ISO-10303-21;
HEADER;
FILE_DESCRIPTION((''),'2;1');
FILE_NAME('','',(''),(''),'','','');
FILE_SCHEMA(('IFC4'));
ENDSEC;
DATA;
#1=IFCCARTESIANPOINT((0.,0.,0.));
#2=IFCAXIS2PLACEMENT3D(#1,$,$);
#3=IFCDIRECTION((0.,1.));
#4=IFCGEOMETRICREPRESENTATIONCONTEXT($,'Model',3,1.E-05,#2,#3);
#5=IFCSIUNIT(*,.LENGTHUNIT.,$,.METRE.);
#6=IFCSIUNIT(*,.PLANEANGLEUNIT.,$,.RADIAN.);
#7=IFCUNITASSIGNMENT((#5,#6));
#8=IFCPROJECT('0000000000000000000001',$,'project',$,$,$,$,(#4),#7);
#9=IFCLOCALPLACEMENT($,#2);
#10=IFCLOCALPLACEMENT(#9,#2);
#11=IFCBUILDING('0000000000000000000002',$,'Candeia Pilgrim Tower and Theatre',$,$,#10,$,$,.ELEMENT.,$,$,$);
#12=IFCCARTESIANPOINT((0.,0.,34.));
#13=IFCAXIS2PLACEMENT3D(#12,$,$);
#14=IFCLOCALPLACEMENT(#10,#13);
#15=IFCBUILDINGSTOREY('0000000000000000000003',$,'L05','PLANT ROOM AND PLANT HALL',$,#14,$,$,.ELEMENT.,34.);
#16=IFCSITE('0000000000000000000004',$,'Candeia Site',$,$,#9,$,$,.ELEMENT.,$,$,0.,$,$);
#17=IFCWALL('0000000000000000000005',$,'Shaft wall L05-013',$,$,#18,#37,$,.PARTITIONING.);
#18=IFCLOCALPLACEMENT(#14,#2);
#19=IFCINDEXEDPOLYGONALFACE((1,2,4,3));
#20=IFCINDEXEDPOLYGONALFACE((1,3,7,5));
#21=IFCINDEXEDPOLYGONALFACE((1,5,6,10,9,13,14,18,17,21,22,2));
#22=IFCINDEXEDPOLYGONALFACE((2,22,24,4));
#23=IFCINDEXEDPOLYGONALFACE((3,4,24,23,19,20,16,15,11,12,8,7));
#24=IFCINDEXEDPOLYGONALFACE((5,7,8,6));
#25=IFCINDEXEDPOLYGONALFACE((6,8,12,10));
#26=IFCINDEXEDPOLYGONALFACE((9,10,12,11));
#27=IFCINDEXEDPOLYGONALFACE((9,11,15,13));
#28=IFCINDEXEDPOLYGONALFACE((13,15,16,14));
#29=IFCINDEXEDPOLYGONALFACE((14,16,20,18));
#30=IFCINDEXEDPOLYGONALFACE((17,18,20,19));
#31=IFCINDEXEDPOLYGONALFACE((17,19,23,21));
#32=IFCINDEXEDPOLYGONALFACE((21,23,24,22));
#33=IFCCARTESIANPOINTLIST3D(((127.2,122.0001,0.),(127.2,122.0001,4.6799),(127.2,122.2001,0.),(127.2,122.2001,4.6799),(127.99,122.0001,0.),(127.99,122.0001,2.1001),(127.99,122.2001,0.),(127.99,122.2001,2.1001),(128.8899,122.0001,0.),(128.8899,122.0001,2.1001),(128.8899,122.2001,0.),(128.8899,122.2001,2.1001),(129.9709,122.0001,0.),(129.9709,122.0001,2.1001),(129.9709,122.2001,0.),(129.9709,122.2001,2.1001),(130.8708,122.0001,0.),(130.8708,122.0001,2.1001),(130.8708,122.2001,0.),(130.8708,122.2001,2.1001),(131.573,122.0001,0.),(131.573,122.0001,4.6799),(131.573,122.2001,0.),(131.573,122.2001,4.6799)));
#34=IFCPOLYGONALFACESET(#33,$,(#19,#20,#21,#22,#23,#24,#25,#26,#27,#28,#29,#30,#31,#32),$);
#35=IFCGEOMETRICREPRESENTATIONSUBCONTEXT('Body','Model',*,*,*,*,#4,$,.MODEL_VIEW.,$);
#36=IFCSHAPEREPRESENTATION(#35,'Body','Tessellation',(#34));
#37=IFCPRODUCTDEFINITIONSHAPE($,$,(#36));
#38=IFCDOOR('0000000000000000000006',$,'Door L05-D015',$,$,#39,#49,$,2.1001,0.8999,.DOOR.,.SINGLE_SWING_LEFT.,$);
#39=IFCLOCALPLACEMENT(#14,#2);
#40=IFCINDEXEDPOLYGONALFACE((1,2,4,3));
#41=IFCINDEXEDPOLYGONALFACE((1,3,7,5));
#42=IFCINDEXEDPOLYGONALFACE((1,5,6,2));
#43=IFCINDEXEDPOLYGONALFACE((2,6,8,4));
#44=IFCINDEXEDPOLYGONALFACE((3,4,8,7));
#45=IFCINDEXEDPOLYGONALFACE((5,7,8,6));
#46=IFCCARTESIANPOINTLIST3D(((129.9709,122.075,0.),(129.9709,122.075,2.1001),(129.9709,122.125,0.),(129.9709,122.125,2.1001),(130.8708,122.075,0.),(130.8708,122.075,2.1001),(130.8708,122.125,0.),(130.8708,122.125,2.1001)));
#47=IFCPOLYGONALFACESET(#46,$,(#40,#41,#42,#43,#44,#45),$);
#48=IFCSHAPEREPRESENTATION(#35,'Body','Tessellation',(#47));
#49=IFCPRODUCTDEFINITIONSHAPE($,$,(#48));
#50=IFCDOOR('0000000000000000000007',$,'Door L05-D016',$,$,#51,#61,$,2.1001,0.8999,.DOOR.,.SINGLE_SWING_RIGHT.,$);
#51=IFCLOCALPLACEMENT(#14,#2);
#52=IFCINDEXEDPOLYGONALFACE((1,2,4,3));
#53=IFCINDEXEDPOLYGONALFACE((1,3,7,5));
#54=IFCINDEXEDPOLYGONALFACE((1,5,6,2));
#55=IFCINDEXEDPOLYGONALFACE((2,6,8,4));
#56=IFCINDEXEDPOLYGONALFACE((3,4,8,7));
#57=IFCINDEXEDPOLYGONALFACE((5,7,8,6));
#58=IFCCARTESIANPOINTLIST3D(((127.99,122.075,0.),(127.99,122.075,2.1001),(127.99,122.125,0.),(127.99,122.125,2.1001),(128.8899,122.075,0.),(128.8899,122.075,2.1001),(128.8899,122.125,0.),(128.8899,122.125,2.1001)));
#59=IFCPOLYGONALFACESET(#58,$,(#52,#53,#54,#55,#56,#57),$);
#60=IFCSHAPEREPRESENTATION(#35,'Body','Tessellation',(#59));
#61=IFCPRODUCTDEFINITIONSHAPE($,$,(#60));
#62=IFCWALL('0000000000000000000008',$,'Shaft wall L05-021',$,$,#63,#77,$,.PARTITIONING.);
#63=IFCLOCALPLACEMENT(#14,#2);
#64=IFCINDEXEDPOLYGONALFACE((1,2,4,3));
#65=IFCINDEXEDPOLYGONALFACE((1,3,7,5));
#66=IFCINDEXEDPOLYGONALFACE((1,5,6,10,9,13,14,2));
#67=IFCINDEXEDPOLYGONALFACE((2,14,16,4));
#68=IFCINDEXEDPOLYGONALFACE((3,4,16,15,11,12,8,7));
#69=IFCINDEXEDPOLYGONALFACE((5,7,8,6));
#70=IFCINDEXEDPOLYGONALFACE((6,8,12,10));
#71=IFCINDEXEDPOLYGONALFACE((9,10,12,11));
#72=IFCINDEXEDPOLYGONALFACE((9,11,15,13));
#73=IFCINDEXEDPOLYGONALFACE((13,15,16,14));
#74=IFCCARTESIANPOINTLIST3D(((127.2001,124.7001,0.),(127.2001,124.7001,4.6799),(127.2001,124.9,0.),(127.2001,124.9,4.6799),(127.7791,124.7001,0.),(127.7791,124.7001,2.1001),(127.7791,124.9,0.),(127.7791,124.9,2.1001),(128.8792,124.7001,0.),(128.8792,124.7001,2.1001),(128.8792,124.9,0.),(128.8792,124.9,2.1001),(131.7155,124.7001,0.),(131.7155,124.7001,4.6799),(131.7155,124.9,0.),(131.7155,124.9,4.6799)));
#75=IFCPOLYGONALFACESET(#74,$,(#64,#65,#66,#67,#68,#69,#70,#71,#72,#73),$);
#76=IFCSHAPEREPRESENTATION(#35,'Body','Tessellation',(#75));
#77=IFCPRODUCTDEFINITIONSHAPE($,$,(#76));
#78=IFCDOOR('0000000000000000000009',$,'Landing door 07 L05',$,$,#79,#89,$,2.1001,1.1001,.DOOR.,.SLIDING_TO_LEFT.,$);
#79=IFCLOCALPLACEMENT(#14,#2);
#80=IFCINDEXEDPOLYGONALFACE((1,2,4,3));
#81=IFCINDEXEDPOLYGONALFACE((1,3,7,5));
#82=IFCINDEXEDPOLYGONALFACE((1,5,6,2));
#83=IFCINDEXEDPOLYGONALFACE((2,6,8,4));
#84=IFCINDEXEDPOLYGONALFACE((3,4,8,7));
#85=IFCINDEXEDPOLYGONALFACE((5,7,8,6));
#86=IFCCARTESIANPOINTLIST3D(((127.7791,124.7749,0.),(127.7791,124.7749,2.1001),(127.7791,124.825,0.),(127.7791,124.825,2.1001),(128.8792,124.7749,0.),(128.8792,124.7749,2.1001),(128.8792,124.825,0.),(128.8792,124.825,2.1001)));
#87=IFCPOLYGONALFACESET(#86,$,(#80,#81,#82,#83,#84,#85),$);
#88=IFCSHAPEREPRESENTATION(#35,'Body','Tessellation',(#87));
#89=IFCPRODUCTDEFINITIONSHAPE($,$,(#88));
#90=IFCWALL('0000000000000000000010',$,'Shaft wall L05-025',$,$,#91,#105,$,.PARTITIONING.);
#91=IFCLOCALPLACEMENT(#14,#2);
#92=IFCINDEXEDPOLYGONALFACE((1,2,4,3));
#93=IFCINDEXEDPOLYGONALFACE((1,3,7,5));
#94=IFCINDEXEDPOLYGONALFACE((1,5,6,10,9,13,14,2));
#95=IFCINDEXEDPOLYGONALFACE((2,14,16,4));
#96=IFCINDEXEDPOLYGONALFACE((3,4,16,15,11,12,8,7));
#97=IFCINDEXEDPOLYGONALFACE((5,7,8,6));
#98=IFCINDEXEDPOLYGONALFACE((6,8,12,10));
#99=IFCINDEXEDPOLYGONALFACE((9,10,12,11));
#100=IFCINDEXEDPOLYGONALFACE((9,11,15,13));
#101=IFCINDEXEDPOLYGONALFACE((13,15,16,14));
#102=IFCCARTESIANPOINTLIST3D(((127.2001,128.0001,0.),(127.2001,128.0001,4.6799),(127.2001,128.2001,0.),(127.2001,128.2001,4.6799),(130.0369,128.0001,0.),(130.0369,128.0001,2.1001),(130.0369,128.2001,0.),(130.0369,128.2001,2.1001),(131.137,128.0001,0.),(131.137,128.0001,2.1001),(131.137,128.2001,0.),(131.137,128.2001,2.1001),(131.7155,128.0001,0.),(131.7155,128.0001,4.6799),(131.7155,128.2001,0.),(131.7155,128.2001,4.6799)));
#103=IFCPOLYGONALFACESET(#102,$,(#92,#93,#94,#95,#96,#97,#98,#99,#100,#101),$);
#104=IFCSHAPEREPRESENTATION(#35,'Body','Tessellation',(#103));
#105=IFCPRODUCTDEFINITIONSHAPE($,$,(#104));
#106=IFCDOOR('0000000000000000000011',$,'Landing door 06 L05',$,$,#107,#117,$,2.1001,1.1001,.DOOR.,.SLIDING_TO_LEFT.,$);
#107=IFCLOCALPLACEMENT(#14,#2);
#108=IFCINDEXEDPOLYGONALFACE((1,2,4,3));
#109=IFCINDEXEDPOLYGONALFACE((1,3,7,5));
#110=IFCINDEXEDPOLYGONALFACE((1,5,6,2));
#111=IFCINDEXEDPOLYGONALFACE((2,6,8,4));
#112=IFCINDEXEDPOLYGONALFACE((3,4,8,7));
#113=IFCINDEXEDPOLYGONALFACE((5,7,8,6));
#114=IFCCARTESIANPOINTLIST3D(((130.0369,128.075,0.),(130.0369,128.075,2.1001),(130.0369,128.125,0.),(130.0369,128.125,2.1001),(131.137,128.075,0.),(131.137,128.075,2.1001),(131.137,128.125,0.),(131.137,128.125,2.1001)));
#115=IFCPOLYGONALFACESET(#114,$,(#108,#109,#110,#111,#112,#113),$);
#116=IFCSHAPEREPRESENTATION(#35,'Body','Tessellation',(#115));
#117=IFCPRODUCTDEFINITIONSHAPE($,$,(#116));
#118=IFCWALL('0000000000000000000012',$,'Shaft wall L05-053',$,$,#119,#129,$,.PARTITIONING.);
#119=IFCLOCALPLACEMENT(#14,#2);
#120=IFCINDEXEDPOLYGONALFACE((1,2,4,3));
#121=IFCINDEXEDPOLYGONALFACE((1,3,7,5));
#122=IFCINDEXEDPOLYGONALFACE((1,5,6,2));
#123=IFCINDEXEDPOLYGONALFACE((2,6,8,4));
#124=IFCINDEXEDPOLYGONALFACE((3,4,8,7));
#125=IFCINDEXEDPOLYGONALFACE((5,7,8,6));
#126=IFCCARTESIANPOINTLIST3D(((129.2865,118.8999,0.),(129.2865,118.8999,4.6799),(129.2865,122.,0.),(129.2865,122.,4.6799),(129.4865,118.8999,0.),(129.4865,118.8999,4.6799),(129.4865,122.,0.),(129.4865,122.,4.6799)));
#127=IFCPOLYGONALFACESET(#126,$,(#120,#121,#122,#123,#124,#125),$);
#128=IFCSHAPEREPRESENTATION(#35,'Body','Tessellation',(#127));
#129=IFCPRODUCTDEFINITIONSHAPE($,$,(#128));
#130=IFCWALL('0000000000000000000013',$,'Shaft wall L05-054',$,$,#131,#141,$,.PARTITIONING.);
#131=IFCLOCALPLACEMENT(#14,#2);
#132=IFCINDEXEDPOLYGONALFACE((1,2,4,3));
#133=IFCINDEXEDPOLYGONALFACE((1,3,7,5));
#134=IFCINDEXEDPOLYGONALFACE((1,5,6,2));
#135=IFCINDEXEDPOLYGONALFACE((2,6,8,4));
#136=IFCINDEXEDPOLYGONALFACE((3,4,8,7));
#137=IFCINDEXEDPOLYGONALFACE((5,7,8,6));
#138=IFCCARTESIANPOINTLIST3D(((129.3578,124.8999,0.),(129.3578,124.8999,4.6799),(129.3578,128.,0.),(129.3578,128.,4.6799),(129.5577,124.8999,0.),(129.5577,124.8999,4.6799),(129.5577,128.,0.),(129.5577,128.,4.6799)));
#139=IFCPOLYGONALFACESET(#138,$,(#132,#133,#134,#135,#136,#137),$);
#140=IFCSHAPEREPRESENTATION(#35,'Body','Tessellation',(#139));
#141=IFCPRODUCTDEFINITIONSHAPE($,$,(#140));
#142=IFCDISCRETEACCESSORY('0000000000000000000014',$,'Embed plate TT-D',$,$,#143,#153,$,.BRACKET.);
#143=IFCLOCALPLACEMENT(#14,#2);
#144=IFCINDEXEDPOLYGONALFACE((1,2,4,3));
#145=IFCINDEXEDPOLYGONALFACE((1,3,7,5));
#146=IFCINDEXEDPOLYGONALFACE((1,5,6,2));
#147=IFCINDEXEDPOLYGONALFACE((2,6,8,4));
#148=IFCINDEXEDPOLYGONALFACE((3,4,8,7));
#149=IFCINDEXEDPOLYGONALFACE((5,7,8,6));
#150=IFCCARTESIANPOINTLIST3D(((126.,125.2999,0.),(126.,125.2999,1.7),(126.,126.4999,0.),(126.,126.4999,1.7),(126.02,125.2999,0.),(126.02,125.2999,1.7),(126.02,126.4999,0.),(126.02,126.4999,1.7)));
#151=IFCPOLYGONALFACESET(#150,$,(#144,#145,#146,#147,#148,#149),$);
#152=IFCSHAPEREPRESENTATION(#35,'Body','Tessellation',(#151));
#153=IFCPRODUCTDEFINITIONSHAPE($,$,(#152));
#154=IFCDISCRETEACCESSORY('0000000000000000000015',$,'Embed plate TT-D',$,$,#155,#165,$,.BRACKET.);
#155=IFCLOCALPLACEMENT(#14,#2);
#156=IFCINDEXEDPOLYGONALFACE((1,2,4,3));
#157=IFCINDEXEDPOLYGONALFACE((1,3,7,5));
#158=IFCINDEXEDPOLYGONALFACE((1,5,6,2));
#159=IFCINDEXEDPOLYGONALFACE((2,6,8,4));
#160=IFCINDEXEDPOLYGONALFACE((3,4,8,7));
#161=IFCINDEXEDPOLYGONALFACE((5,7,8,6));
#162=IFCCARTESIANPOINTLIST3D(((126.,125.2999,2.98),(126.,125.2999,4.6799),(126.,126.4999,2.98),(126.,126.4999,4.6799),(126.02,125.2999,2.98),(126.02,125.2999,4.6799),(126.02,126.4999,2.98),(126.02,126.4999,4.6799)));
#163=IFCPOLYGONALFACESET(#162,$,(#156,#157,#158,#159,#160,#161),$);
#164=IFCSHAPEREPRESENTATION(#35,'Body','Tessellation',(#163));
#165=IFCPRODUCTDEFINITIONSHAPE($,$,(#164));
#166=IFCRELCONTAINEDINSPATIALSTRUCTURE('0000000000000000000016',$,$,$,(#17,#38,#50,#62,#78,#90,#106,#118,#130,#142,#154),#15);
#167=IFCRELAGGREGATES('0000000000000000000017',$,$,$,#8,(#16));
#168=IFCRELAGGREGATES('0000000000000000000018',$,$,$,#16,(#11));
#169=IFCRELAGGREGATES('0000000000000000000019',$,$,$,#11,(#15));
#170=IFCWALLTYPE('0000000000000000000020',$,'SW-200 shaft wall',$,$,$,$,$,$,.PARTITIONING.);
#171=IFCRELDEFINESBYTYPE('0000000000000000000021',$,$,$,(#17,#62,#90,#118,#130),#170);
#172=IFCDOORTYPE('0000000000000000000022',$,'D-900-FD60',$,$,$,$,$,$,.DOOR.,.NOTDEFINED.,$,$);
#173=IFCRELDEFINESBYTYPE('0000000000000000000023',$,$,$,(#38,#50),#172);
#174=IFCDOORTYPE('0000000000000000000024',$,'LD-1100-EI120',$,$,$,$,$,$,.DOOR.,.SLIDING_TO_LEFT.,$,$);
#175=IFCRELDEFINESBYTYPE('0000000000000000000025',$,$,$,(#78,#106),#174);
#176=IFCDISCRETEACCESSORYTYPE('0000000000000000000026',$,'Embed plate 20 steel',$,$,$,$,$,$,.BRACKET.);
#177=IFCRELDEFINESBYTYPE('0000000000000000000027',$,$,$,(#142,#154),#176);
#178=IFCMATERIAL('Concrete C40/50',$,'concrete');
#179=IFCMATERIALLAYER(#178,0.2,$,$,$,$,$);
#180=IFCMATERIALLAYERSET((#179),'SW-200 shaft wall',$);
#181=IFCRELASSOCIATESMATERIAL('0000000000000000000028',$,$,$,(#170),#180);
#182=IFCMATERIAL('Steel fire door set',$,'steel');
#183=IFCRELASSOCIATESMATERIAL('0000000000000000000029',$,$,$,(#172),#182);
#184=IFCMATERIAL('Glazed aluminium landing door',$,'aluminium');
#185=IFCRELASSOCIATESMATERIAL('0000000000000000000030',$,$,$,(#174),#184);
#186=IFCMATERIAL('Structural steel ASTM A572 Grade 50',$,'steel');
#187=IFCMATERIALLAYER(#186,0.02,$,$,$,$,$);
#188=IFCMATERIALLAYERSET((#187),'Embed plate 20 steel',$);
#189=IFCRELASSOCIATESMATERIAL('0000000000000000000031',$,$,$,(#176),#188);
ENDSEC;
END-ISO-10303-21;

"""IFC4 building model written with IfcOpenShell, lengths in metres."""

from ifc_helpers import new_model, si_unit, direction, frame, frame_2d, origin, origin_2d, place, context, subcontext, project, spatial, rectangle, extrude, material, layer, layer_set, type_object, element, fill, save


model = new_model("IFC4")

# Units and contexts
model_context = context("Model", 3, precision=1e-05, world=origin(), true_north=direction((0.0, 1.0)))
body_context = subcontext(model_context, "Body", "Model", "MODEL_VIEW")
ifc_project = project(units=[si_unit("LENGTHUNIT", "METRE"), si_unit("PLANEANGLEUNIT", "RADIAN")], contexts=[model_context])

# Site, building, storey
site_placement = place(None, origin())
site = spatial("IfcSite", under=ifc_project, at=site_placement, Name="Candeia Site", CompositionType="ELEMENT", RefElevation=0.0)
building_placement = place(site_placement, origin())
building = spatial("IfcBuilding", under=site, at=building_placement, Name="Candeia Pilgrim Tower and Theatre", CompositionType="ELEMENT")
storey_placement = place(building_placement, frame((0.0, 0.0, 34.0)))
storey = spatial("IfcBuildingStorey", under=building, at=storey_placement, Name="L05", Description="PLANT ROOM AND PLANT HALL", CompositionType="ELEMENT", Elevation=34.0)

# Shared definitions
ifc_material_1 = material(Name="Structural steel ASTM A572 Grade 50", Category="steel")

# Shared definitions
ifc_material_2 = material(Name="Steel fire door set", Category="steel")

# Wall, openings, doors
ifc_material_3 = material(Name="Concrete C40/50", Category="concrete")
ifc_layer_1 = layer(ifc_material_3, 0.2)
ifc_layer_set_1 = layer_set([ifc_layer_1], Name="SW-200 shaft wall")
wall_type_1 = type_object("IfcWallType", Name="SW-200 shaft wall", PredefinedType="PARTITIONING", material=ifc_layer_set_1)
wall_1_placement = place(storey_placement, frame((127.2, 122.1001, 0.0), z_axis=(0.0, 0.0, 1.0), x_axis=(1.0, 0.0, 0.0)))
wall_1 = element("IfcWall", 1, at=wall_1_placement, inside=storey, type_object=wall_type_1, Name="Shaft wall L05-013", PredefinedType="PARTITIONING", context=body_context, shape_type="SweptSolid", body=[
    extrude(rectangle(XDim=4.373, YDim=0.2, at=frame_2d((2.1865, 0.0))), origin(), (0.0, 0.0, 1.0), 4.6799),
])
opening_1_placement = place(wall_1_placement, frame((2.771, 0.0, 0.0)))
opening_1 = element("IfcOpeningElement", 2, at=opening_1_placement, cuts=wall_1, PredefinedType="OPENING", context=body_context, shape_type="SweptSolid", body=[
    extrude(rectangle(XDim=0.8999, YDim=2.1001, at=frame_2d((0.45, 1.05))), frame((0.0, 0.1099, 0.0), z_axis=(0.0, -1.0, 0.0), x_axis=(1.0, 0.0, 0.0)), (0.0, 0.0, 1.0), 0.22),
])
opening_2_placement = place(wall_1_placement, frame((0.79, 0.0, 0.0)))
opening_2 = element("IfcOpeningElement", 3, at=opening_2_placement, cuts=wall_1, PredefinedType="OPENING", context=body_context, shape_type="SweptSolid", body=[
    extrude(rectangle(XDim=0.8999, YDim=2.1001, at=frame_2d((0.45, 1.05))), frame((0.0, 0.1099, 0.0), z_axis=(0.0, -1.0, 0.0), x_axis=(1.0, 0.0, 0.0)), (0.0, 0.0, 1.0), 0.22),
])
door_type_1 = type_object("IfcDoorType", Name="D-900-FD60", OperationType="NOTDEFINED", PredefinedType="DOOR", material=ifc_material_2)
door_1_placement = place(opening_1_placement, origin())
door_1 = element("IfcDoor", 4, at=door_1_placement, inside=storey, type_object=door_type_1, Name="Door L05-D015", OperationType="SINGLE_SWING_LEFT", OverallHeight=2.1001, OverallWidth=0.8999, PredefinedType="DOOR", context=body_context, shape_type="SweptSolid", body=[
    extrude(rectangle(XDim=0.8999, YDim=2.1001, at=frame_2d((0.45, 1.05))), frame((0.0, 0.0249, 0.0), z_axis=(0.0, -1.0, 0.0), x_axis=(1.0, 0.0, 0.0)), (0.0, 0.0, 1.0), 0.05),
])
fill(opening_1, door_1)
door_2_placement = place(opening_2_placement, origin())
door_2 = element("IfcDoor", 5, at=door_2_placement, inside=storey, type_object=door_type_1, Name="Door L05-D016", OperationType="SINGLE_SWING_RIGHT", OverallHeight=2.1001, OverallWidth=0.8999, PredefinedType="DOOR", context=body_context, shape_type="SweptSolid", body=[
    extrude(rectangle(XDim=0.8999, YDim=2.1001, at=frame_2d((0.45, 1.05))), frame((0.0, 0.0249, 0.0), z_axis=(0.0, -1.0, 0.0), x_axis=(1.0, 0.0, 0.0)), (0.0, 0.0, 1.0), 0.05),
])
fill(opening_2, door_2)

# Walls, openings, doors
wall_2_placement = place(storey_placement, frame((127.2, 124.8, 0.0), z_axis=(0.0, 0.0, 1.0), x_axis=(1.0, 0.0, 0.0)))
wall_2 = element("IfcWall", 6, at=wall_2_placement, inside=storey, type_object=wall_type_1, Name="Shaft wall L05-021", PredefinedType="PARTITIONING", context=body_context, shape_type="SweptSolid", body=[
    extrude(rectangle(XDim=4.5154, YDim=0.2, at=frame_2d((2.2578, 0.0))), origin(), (0.0, 0.0, 1.0), 4.6799),
])
opening_3_placement = place(wall_2_placement, frame((0.5791, 0.0, 0.0)))
opening_3 = element("IfcOpeningElement", 7, at=opening_3_placement, cuts=wall_2, PredefinedType="OPENING", context=body_context, shape_type="SweptSolid", body=[
    extrude(rectangle(XDim=1.1001, YDim=2.1001, at=frame_2d((0.55, 1.05))), frame((0.0, 0.1099, 0.0), z_axis=(0.0, -1.0, 0.0), x_axis=(1.0, 0.0, 0.0)), (0.0, 0.0, 1.0), 0.22),
])
ifc_material_4 = material(Name="Glazed aluminium landing door", Category="aluminium")
door_type_2 = type_object("IfcDoorType", Name="LD-1100-EI120", OperationType="SLIDING_TO_LEFT", PredefinedType="DOOR", material=ifc_material_4)
door_3_placement = place(opening_3_placement, origin())
door_3 = element("IfcDoor", 8, at=door_3_placement, inside=storey, type_object=door_type_2, Name="Landing door 07 L05", OperationType="SLIDING_TO_LEFT", OverallHeight=2.1001, OverallWidth=1.1001, PredefinedType="DOOR", context=body_context, shape_type="SweptSolid", body=[
    extrude(rectangle(XDim=1.1001, YDim=2.1001, at=frame_2d((0.55, 1.05))), frame((0.0, 0.0249, 0.0), z_axis=(0.0, -1.0, 0.0), x_axis=(1.0, 0.0, 0.0)), (0.0, 0.0, 1.0), 0.05),
])
fill(opening_3, door_3)
wall_3_placement = place(storey_placement, frame((127.2, 128.1001, 0.0), z_axis=(0.0, 0.0, 1.0), x_axis=(1.0, 0.0, 0.0)))
wall_3 = element("IfcWall", 9, at=wall_3_placement, inside=storey, type_object=wall_type_1, Name="Shaft wall L05-025", PredefinedType="PARTITIONING", context=body_context, shape_type="SweptSolid", body=[
    extrude(rectangle(XDim=4.5154, YDim=0.2, at=frame_2d((2.2578, 0.0))), origin(), (0.0, 0.0, 1.0), 4.6799),
])
opening_4_placement = place(wall_3_placement, frame((2.8369, 0.0, 0.0)))
opening_4 = element("IfcOpeningElement", 10, at=opening_4_placement, cuts=wall_3, PredefinedType="OPENING", context=body_context, shape_type="SweptSolid", body=[
    extrude(rectangle(XDim=1.1001, YDim=2.1001, at=frame_2d((0.55, 1.05))), frame((0.0, 0.1099, 0.0), z_axis=(0.0, -1.0, 0.0), x_axis=(1.0, 0.0, 0.0)), (0.0, 0.0, 1.0), 0.22),
])
door_4_placement = place(opening_4_placement, origin())
door_4 = element("IfcDoor", 11, at=door_4_placement, inside=storey, type_object=door_type_2, Name="Landing door 06 L05", OperationType="SLIDING_TO_LEFT", OverallHeight=2.1001, OverallWidth=1.1001, PredefinedType="DOOR", context=body_context, shape_type="SweptSolid", body=[
    extrude(rectangle(XDim=1.1001, YDim=2.1001, at=frame_2d((0.55, 1.05))), frame((0.0, 0.0249, 0.0), z_axis=(0.0, -1.0, 0.0), x_axis=(1.0, 0.0, 0.0)), (0.0, 0.0, 1.0), 0.05),
])
fill(opening_4, door_4)

# Walls
for number, where, z_axis, x_axis, name in (
    (12, (129.3865, 118.8999, 0.0), (0.0, 0.0, 1.0), (0.0, 1.0, 0.0), "Shaft wall L05-053"),
    (13, (129.4578, 124.8999, 0.0), (0.0, 0.0, 1.0), (0.0, 1.0, 0.0), "Shaft wall L05-054"),
):
    element("IfcWall", number, at=place(storey_placement, frame(where, z_axis=z_axis, x_axis=x_axis)), inside=storey, type_object=wall_type_1, Name=name, PredefinedType="PARTITIONING", context=body_context, shape_type="SweptSolid", body=[
        extrude(rectangle(XDim=3.1001, YDim=0.2, at=frame_2d((1.55, 0.0))), origin(), (0.0, 0.0, 1.0), 4.6799),
    ])

# Discrete accessories
ifc_layer_2 = layer(ifc_material_1, 0.02)
ifc_layer_set_2 = layer_set([ifc_layer_2], Name="Embed plate 20 steel")
discrete_accessory_type = type_object("IfcDiscreteAccessoryType", Name="Embed plate 20 steel", PredefinedType="BRACKET", material=ifc_layer_set_2)
for number, where, z_axis, x_axis, name in (
    (14, (126.01, 125.8999, 0.0), (0.0, 0.0, 1.0), (0.0, 1.0, 0.0), "Embed plate TT-D"),
    (15, (126.01, 125.8999, 2.98), (0.0, 0.0, 1.0), (0.0, 1.0, 0.0), "Embed plate TT-D"),
):
    element("IfcDiscreteAccessory", number, at=place(storey_placement, frame(where, z_axis=z_axis, x_axis=x_axis)), inside=storey, type_object=discrete_accessory_type, Name=name, PredefinedType="BRACKET", context=body_context, shape_type="SweptSolid", body=[
        extrude(rectangle(XDim=1.2, YDim=0.02, at=origin_2d()), origin(), (0.0, 0.0, 1.0), 1.7),
    ])

save(model, "model.ifc")
